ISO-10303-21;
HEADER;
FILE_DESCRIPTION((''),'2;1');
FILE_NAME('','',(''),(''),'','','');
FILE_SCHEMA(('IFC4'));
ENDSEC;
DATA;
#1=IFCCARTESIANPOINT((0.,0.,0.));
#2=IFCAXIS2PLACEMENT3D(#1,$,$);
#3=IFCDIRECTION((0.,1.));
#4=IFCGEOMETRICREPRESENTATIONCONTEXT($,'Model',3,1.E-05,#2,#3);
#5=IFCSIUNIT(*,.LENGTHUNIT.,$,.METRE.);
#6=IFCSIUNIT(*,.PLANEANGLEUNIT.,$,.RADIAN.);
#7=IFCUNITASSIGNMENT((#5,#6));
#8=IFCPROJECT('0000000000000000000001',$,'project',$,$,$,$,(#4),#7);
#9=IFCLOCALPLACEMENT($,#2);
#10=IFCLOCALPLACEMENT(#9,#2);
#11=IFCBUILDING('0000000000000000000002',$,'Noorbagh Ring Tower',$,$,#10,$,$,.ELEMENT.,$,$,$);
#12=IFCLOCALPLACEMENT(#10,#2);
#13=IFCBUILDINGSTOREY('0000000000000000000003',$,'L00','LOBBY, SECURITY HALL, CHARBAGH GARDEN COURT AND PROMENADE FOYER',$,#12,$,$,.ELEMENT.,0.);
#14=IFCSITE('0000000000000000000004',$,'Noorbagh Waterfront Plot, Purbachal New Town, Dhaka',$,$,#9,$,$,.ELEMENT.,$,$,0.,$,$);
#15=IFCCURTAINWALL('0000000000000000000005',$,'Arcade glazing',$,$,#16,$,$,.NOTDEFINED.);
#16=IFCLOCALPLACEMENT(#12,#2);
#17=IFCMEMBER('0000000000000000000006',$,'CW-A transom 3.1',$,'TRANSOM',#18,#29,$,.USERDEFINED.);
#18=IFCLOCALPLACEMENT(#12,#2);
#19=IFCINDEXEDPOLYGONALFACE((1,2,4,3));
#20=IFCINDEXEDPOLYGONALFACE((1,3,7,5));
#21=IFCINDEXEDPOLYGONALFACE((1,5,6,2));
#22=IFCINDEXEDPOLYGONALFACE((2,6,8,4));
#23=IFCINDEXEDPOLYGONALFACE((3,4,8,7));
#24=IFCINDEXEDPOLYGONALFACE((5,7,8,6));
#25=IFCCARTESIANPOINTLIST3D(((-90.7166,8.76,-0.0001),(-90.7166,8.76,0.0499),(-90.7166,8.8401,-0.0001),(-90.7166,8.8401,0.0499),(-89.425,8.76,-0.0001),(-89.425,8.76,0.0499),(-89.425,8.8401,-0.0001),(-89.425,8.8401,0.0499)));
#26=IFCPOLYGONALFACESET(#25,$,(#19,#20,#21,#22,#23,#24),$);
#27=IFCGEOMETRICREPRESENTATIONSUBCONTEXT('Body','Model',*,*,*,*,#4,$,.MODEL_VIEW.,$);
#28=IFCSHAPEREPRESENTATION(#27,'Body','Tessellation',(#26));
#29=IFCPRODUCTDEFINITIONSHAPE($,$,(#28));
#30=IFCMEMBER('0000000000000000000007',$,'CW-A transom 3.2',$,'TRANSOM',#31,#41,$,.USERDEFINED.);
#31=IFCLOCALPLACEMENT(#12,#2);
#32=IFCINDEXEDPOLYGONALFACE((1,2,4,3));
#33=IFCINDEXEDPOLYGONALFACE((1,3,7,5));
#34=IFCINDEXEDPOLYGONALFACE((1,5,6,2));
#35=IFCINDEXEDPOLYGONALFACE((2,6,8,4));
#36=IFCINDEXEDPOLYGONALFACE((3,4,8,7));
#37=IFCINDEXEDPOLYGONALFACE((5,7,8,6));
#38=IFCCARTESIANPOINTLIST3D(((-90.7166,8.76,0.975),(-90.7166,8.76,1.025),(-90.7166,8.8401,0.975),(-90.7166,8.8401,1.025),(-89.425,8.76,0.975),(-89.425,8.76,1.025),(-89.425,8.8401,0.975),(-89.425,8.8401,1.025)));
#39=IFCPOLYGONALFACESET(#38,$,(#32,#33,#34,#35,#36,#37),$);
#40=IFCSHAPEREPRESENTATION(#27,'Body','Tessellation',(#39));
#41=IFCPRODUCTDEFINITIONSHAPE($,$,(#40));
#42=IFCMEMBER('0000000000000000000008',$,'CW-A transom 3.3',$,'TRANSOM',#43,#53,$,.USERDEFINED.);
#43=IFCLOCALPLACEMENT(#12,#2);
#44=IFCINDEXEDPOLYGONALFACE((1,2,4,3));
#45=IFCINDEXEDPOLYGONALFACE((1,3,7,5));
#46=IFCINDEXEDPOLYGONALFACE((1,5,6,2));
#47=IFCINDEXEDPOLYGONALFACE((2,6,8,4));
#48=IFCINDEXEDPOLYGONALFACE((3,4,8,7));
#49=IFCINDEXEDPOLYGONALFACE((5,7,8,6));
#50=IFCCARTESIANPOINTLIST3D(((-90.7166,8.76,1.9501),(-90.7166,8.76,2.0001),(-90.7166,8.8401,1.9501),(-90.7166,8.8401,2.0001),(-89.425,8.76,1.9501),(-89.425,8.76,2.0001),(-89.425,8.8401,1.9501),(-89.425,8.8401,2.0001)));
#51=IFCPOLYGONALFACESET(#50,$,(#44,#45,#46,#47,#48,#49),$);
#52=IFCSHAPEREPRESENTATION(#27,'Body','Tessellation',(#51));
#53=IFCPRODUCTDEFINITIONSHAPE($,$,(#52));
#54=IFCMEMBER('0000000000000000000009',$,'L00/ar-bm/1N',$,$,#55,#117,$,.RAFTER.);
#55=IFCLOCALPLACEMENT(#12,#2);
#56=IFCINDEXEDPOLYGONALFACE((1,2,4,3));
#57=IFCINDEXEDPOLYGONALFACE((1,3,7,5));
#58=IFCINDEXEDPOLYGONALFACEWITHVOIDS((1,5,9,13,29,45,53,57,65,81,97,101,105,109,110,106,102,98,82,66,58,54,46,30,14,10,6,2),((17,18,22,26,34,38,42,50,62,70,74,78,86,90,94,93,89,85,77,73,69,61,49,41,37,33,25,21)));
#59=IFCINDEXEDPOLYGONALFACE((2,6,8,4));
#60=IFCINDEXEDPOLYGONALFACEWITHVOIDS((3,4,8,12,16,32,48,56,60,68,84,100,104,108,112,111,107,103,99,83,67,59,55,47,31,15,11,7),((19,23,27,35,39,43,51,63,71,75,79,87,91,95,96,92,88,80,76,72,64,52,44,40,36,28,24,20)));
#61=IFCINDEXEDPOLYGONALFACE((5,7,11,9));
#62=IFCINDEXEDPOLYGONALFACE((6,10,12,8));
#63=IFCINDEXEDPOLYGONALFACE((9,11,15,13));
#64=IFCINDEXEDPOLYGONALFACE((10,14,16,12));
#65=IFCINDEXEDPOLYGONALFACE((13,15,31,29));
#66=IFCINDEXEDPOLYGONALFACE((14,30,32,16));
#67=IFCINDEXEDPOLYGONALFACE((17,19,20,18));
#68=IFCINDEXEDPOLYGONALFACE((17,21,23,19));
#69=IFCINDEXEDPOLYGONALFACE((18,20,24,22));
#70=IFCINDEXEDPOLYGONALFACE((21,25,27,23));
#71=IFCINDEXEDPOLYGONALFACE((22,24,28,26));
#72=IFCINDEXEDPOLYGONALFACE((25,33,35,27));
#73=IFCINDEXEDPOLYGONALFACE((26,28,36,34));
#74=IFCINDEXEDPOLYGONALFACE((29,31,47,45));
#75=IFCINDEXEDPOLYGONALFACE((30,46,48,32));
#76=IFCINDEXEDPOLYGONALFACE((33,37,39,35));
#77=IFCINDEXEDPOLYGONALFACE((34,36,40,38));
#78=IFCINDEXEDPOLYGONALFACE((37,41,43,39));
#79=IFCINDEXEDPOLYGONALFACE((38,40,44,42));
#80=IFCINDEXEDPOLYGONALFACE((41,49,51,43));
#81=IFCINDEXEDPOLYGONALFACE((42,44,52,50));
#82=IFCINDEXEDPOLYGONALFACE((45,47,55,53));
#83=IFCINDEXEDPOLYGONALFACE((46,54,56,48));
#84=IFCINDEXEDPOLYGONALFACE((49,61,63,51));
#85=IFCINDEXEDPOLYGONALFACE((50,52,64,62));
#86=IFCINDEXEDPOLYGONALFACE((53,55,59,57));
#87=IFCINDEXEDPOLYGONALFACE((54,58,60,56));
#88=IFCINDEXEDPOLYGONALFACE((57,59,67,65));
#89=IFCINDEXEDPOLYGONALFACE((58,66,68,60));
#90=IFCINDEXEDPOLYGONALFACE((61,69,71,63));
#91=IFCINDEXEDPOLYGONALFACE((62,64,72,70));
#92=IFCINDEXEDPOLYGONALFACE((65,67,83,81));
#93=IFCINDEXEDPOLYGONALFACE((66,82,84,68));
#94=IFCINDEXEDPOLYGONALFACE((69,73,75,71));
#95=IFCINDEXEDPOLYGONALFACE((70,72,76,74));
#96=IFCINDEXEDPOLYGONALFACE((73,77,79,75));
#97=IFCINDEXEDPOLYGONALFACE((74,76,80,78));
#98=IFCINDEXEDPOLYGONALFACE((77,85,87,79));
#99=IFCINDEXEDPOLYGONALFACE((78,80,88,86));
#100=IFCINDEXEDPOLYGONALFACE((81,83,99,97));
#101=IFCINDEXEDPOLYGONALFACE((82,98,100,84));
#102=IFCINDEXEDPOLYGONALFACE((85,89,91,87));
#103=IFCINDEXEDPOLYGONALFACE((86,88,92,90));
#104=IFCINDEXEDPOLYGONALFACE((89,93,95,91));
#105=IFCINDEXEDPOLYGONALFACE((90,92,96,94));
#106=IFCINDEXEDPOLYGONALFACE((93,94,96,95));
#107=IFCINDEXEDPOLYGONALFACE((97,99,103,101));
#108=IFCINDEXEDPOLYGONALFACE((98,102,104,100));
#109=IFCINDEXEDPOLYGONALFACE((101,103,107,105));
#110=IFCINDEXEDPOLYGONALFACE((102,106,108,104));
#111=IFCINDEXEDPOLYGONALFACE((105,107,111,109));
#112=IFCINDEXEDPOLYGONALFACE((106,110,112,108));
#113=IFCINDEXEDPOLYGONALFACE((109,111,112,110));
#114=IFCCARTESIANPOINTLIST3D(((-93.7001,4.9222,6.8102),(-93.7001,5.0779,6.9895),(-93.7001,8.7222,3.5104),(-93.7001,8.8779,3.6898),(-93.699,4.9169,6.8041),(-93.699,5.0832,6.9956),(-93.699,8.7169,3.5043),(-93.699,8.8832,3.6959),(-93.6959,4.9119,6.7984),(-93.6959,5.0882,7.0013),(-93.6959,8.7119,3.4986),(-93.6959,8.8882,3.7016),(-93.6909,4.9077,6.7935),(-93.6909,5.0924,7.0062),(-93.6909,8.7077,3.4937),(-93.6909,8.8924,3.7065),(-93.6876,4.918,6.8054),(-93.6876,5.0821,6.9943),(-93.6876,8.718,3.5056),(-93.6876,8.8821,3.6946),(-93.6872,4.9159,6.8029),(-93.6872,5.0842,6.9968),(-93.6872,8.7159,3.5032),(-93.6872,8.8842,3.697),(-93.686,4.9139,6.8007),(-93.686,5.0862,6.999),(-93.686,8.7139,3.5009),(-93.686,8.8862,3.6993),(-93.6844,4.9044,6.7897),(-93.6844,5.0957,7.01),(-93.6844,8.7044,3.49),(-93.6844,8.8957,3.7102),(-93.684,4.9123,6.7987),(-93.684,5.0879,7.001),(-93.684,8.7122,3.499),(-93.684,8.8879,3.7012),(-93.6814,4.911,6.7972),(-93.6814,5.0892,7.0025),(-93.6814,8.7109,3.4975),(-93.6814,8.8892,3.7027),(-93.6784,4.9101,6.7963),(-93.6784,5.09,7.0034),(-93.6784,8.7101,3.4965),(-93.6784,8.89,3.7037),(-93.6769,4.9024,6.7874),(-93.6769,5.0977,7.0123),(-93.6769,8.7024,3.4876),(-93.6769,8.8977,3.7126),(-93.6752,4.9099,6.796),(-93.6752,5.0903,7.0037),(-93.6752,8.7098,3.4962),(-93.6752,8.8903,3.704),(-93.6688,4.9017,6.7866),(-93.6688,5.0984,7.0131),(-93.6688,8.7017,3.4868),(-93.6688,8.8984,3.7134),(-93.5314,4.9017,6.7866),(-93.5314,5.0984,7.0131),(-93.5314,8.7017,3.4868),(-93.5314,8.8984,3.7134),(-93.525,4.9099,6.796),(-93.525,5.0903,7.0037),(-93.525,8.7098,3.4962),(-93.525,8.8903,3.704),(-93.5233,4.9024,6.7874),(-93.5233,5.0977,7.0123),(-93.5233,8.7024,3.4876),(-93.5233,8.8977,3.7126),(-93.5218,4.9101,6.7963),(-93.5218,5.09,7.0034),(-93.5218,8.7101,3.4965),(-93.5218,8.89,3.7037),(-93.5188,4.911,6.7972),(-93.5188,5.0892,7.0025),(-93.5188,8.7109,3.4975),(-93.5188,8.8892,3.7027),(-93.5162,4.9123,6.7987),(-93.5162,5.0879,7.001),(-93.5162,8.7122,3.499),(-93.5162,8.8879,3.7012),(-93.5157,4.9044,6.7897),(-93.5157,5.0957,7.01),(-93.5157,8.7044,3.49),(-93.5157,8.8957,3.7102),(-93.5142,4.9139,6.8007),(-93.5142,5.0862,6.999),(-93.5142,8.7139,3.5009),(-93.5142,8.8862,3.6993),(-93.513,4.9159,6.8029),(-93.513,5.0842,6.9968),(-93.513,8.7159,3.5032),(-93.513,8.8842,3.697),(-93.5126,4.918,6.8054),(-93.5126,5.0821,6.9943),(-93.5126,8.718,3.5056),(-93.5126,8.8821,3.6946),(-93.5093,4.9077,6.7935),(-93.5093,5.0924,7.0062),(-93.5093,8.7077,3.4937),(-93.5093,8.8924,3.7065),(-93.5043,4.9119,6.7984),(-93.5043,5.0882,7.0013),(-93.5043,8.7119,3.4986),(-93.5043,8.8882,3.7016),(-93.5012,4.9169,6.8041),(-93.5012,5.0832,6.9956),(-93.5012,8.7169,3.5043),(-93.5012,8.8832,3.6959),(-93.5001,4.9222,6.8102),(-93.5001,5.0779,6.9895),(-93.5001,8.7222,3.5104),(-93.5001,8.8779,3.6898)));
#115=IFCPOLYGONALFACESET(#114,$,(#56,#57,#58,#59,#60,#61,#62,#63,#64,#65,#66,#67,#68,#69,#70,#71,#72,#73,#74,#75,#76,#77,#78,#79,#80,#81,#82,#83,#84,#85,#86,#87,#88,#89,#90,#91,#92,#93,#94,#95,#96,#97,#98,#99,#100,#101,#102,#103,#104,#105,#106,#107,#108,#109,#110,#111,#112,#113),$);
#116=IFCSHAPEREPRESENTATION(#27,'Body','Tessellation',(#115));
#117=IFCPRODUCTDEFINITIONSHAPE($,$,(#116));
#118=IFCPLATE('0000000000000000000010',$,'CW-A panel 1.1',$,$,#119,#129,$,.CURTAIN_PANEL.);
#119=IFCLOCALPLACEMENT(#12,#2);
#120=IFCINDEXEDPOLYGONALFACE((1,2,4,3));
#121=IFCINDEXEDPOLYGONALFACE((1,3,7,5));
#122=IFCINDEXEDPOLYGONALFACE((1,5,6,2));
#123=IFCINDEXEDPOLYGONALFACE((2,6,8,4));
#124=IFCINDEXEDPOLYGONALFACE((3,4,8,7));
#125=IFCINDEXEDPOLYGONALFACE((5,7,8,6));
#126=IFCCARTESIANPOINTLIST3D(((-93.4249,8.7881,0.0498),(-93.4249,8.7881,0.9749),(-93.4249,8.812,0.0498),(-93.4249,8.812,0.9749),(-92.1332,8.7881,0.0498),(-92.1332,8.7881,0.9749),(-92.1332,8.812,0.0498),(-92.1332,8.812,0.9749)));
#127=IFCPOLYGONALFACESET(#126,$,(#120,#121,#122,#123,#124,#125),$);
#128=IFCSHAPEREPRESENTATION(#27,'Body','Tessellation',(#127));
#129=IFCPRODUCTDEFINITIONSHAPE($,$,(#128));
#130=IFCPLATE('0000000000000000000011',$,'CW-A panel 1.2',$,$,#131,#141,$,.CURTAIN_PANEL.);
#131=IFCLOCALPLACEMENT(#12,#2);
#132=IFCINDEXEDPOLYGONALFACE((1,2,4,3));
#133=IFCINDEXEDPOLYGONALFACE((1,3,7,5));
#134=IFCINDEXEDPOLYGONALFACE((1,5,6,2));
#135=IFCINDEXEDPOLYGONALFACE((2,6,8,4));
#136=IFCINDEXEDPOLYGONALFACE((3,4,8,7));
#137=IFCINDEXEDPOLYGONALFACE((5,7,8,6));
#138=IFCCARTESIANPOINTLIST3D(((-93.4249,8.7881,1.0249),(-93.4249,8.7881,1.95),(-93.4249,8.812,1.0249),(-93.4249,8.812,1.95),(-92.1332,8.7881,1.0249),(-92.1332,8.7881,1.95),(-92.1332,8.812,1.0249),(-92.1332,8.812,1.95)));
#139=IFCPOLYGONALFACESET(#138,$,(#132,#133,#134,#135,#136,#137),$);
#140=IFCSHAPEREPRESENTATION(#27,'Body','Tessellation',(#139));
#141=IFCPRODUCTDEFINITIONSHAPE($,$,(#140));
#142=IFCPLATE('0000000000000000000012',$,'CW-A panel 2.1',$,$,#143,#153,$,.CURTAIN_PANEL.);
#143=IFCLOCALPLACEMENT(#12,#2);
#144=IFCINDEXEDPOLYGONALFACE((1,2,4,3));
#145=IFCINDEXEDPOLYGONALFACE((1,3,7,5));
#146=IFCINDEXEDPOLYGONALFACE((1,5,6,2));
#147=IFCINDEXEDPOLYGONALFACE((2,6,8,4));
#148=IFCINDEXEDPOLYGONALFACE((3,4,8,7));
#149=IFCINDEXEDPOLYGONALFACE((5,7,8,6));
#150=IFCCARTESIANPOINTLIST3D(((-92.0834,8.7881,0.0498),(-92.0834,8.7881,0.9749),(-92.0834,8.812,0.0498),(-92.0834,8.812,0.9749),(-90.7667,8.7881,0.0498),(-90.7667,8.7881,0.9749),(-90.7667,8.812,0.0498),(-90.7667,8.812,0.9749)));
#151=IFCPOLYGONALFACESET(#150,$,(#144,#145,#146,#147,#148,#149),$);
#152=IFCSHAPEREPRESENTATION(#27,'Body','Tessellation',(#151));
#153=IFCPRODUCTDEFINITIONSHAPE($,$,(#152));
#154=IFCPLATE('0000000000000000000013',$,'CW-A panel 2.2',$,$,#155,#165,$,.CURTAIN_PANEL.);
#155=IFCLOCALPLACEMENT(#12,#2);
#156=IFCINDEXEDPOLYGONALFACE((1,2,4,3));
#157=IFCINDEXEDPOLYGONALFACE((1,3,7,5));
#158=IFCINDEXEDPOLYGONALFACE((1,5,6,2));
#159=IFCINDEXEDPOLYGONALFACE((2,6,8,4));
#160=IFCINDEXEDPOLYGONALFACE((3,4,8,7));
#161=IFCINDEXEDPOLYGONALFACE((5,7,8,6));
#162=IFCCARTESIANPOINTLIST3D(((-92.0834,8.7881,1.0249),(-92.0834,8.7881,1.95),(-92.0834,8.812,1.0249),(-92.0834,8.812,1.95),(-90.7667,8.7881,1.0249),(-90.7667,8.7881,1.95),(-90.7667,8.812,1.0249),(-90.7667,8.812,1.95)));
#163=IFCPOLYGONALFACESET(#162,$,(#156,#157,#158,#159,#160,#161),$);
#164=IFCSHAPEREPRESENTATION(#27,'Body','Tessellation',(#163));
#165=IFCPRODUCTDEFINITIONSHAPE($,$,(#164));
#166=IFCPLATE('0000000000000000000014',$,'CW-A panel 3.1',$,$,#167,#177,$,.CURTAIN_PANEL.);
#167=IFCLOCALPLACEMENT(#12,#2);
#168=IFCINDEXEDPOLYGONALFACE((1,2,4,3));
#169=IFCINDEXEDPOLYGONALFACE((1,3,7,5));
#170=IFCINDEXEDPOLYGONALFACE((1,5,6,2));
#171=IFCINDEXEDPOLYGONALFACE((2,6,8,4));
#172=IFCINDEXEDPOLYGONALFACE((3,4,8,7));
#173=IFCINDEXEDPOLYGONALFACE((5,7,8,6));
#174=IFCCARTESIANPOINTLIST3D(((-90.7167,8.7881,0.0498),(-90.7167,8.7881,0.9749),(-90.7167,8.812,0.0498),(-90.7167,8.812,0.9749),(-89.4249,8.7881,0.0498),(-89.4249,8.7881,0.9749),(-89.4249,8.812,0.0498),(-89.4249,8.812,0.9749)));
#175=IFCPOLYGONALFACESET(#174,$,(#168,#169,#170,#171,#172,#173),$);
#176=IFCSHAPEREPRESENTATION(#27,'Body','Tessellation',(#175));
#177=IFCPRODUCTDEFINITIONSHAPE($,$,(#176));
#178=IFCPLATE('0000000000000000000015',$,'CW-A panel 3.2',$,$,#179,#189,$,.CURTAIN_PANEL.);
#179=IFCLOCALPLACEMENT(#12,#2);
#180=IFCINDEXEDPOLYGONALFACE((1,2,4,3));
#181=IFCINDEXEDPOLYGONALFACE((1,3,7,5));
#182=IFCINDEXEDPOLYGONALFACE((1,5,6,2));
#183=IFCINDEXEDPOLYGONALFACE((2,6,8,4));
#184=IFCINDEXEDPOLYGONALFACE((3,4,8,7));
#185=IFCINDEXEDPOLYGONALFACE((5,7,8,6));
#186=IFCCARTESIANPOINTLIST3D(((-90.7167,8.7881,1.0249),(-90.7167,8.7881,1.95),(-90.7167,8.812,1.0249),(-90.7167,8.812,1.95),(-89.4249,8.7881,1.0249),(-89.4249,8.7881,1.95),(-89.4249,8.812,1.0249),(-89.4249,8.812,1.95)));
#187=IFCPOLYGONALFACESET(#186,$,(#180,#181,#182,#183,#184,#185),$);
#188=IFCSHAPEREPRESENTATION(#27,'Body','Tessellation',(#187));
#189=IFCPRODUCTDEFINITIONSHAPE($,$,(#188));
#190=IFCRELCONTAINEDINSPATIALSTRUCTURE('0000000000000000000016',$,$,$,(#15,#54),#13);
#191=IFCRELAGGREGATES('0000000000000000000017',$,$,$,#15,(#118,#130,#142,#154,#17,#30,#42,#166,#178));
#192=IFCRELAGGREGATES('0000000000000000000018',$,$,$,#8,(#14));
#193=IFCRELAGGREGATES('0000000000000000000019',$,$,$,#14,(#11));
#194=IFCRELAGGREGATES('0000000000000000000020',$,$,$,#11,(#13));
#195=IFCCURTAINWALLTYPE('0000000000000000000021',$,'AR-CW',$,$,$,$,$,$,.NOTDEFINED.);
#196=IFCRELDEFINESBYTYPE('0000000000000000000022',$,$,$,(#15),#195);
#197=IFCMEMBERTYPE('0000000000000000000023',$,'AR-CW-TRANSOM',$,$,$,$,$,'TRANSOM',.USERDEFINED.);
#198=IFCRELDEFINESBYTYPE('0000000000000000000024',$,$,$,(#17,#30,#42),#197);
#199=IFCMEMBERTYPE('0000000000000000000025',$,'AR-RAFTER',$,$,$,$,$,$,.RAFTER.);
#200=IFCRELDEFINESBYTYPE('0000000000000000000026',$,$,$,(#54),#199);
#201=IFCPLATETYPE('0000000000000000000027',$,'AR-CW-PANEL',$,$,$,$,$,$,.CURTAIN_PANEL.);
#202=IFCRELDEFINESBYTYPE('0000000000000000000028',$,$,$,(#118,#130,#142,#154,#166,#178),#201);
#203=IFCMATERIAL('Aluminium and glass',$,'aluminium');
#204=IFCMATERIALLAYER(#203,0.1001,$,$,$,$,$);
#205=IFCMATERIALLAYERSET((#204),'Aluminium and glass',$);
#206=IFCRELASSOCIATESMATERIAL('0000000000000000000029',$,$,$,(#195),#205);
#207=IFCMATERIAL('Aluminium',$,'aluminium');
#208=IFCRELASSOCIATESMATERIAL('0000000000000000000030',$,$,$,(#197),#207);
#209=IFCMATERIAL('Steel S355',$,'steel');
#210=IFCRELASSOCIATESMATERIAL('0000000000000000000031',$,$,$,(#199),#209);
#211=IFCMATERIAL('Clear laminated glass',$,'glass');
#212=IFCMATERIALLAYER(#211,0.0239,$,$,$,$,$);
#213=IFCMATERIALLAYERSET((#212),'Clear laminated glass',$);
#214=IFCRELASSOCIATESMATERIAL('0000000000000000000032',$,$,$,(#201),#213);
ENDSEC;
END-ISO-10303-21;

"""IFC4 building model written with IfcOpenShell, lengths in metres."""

from ifc_helpers import new_model, si_unit, direction, frame, origin, origin_2d, place, context, subcontext, project, spatial, rectangle, hollow_rectangle, extrude, material, layer, layer_set, material_profile, profile_set, type_object, element, aggregate, save


model = new_model("IFC4")

# Units and contexts
model_context = context("Model", 3, precision=1e-05, world=origin(), true_north=direction((0.0, 1.0)))
body_context = subcontext(model_context, "Body", "Model", "MODEL_VIEW")
ifc_project = project(units=[si_unit("LENGTHUNIT", "METRE"), si_unit("PLANEANGLEUNIT", "RADIAN")], contexts=[model_context])

# Site, building, storey
site_placement = place(None, origin())
site = spatial("IfcSite", under=ifc_project, at=site_placement, Name="Noorbagh Waterfront Plot, Purbachal New Town, Dhaka", CompositionType="ELEMENT", RefElevation=0.0)
building_placement = place(site_placement, origin())
building = spatial("IfcBuilding", under=site, at=building_placement, Name="Noorbagh Ring Tower", CompositionType="ELEMENT")
storey_placement = place(building_placement, origin())
storey = spatial("IfcBuildingStorey", under=building, at=storey_placement, Name="L00", Description="LOBBY, SECURITY HALL, CHARBAGH GARDEN COURT AND PROMENADE FOYER", CompositionType="ELEMENT", Elevation=0.0)

# Curtain wall, members
ifc_material_1 = material(Name="Aluminium and glass", Category="aluminium")
ifc_layer_1 = layer(ifc_material_1, 0.1001)
ifc_layer_set_1 = layer_set([ifc_layer_1], Name="Aluminium and glass")
curtain_wall_type = type_object("IfcCurtainWallType", Name="AR-CW", PredefinedType="NOTDEFINED", material=ifc_layer_set_1)
curtain_wall_placement = place(storey_placement, origin())
curtain_wall = element("IfcCurtainWall", 1, at=curtain_wall_placement, inside=storey, type_object=curtain_wall_type, Name="Arcade glazing", PredefinedType="NOTDEFINED")
ifc_material_2 = material(Name="Aluminium", Category="aluminium")
ifc_material_profile_1 = material_profile(ifc_material_2, rectangle(XDim=0.0801, YDim=0.05, at=origin_2d()), Name="AL 80x50")
ifc_profile_set_1 = profile_set([ifc_material_profile_1], Name="Aluminium")
member_type_1 = type_object("IfcMemberType", Name="AR-CW-TRANSOM", ElementType="TRANSOM", PredefinedType="USERDEFINED", material=ifc_profile_set_1)
member_1_placement = place(storey_placement, frame((-90.7166, 8.8, 0.0249), z_axis=(1.0, 0.0, 0.0), x_axis=(0.0, 1.0, 0.0)))
member_1 = element("IfcMember", 2, at=member_1_placement, type_object=member_type_1, Name="CW-A transom 3.1", ObjectType="TRANSOM", PredefinedType="USERDEFINED", context=body_context, shape_type="SweptSolid", body=[
    extrude(rectangle(XDim=0.0801, YDim=0.05, at=origin_2d()), origin(), (0.0, 0.0, 1.0), 1.2915),
])
member_2_placement = place(storey_placement, frame((-90.7166, 8.8, 1.0), z_axis=(1.0, 0.0, 0.0), x_axis=(0.0, 1.0, 0.0)))
member_2 = element("IfcMember", 3, at=member_2_placement, type_object=member_type_1, Name="CW-A transom 3.2", ObjectType="TRANSOM", PredefinedType="USERDEFINED", context=body_context, shape_type="SweptSolid", body=[
    extrude(rectangle(XDim=0.0801, YDim=0.05, at=origin_2d()), origin(), (0.0, 0.0, 1.0), 1.2915),
])
member_3_placement = place(storey_placement, frame((-90.7166, 8.8, 1.9751), z_axis=(1.0, 0.0, 0.0), x_axis=(0.0, 1.0, 0.0)))
member_3 = element("IfcMember", 4, at=member_3_placement, type_object=member_type_1, Name="CW-A transom 3.3", ObjectType="TRANSOM", PredefinedType="USERDEFINED", context=body_context, shape_type="SweptSolid", body=[
    extrude(rectangle(XDim=0.0801, YDim=0.05, at=origin_2d()), origin(), (0.0, 0.0, 1.0), 1.2915),
])

# Member
ifc_material_3 = material(Name="Steel S355", Category="steel")
ifc_material_profile_2 = material_profile(ifc_material_3, hollow_rectangle(XDim=0.2, YDim=0.3, WallThickness=0.0125, InnerFilletRadius=0.0125, OuterFilletRadius=0.0312, at=origin_2d()), Name="RHS300x200x12.5")
ifc_profile_set_2 = profile_set([ifc_material_profile_2], Name="Steel S355")
member_type_2 = type_object("IfcMemberType", Name="AR-RAFTER", PredefinedType="RAFTER", material=ifc_profile_set_2)
member_4_placement = place(storey_placement, frame((-93.6001, 8.8, 3.6001), z_axis=(0.0, -0.755057, 0.65566), x_axis=(1.0, 0.0, 0.0)))
element("IfcMember", 5, at=member_4_placement, inside=storey, type_object=member_type_2, Name="L00/ar-bm/1N", PredefinedType="RAFTER", context=body_context, shape_type="SweptSolid", body=[
    extrude(hollow_rectangle(XDim=0.2, YDim=0.3, WallThickness=0.0125, InnerFilletRadius=0.0125, OuterFilletRadius=0.0312, at=origin_2d()), origin(), (0.0, 0.0, 1.0), 5.0327),
])

# Plates
ifc_material_4 = material(Name="Clear laminated glass", Category="glass")
ifc_layer_2 = layer(ifc_material_4, 0.0239)
ifc_layer_set_2 = layer_set([ifc_layer_2], Name="Clear laminated glass")
plate_type = type_object("IfcPlateType", Name="AR-CW-PANEL", PredefinedType="CURTAIN_PANEL", material=ifc_layer_set_2)
plate_1_placement = place(storey_placement, frame((-92.7791, 8.8, 0.0498), z_axis=(0.0, 0.0, 1.0), x_axis=(1.0, 0.0, 0.0)))
plate_1 = element("IfcPlate", 6, at=plate_1_placement, type_object=plate_type, Name="CW-A panel 1.1", PredefinedType="CURTAIN_PANEL", context=body_context, shape_type="SweptSolid", body=[
    extrude(rectangle(XDim=1.2917, YDim=0.0239, at=origin_2d()), origin(), (0.0, 0.0, 1.0), 0.925),
])
plate_2_placement = place(storey_placement, frame((-92.7791, 8.8, 1.0249), z_axis=(0.0, 0.0, 1.0), x_axis=(1.0, 0.0, 0.0)))
plate_2 = element("IfcPlate", 7, at=plate_2_placement, type_object=plate_type, Name="CW-A panel 1.2", PredefinedType="CURTAIN_PANEL", context=body_context, shape_type="SweptSolid", body=[
    extrude(rectangle(XDim=1.2917, YDim=0.0239, at=origin_2d()), origin(), (0.0, 0.0, 1.0), 0.925),
])
plate_3_placement = place(storey_placement, frame((-91.425, 8.8, 0.0498), z_axis=(0.0, 0.0, 1.0), x_axis=(1.0, 0.0, 0.0)))
plate_3 = element("IfcPlate", 8, at=plate_3_placement, type_object=plate_type, Name="CW-A panel 2.1", PredefinedType="CURTAIN_PANEL", context=body_context, shape_type="SweptSolid", body=[
    extrude(rectangle(XDim=1.3167, YDim=0.0239, at=origin_2d()), origin(), (0.0, 0.0, 1.0), 0.925),
])
plate_4_placement = place(storey_placement, frame((-91.425, 8.8, 1.0249), z_axis=(0.0, 0.0, 1.0), x_axis=(1.0, 0.0, 0.0)))
plate_4 = element("IfcPlate", 9, at=plate_4_placement, type_object=plate_type, Name="CW-A panel 2.2", PredefinedType="CURTAIN_PANEL", context=body_context, shape_type="SweptSolid", body=[
    extrude(rectangle(XDim=1.3167, YDim=0.0239, at=origin_2d()), origin(), (0.0, 0.0, 1.0), 0.925),
])
plate_5_placement = place(storey_placement, frame((-90.0708, 8.8, 0.0498), z_axis=(0.0, 0.0, 1.0), x_axis=(1.0, 0.0, 0.0)))
plate_5 = element("IfcPlate", 10, at=plate_5_placement, type_object=plate_type, Name="CW-A panel 3.1", PredefinedType="CURTAIN_PANEL", context=body_context, shape_type="SweptSolid", body=[
    extrude(rectangle(XDim=1.2917, YDim=0.0239, at=origin_2d()), origin(), (0.0, 0.0, 1.0), 0.925),
])
plate_6_placement = place(storey_placement, frame((-90.0708, 8.8, 1.0249), z_axis=(0.0, 0.0, 1.0), x_axis=(1.0, 0.0, 0.0)))
plate_6 = element("IfcPlate", 11, at=plate_6_placement, type_object=plate_type, Name="CW-A panel 3.2", PredefinedType="CURTAIN_PANEL", context=body_context, shape_type="SweptSolid", body=[
    extrude(rectangle(XDim=1.2917, YDim=0.0239, at=origin_2d()), origin(), (0.0, 0.0, 1.0), 0.925),
])
aggregate(curtain_wall, [plate_1, plate_2, plate_3, plate_4, member_1, member_2, member_3, plate_5, plate_6])

save(model, "model.ifc")
